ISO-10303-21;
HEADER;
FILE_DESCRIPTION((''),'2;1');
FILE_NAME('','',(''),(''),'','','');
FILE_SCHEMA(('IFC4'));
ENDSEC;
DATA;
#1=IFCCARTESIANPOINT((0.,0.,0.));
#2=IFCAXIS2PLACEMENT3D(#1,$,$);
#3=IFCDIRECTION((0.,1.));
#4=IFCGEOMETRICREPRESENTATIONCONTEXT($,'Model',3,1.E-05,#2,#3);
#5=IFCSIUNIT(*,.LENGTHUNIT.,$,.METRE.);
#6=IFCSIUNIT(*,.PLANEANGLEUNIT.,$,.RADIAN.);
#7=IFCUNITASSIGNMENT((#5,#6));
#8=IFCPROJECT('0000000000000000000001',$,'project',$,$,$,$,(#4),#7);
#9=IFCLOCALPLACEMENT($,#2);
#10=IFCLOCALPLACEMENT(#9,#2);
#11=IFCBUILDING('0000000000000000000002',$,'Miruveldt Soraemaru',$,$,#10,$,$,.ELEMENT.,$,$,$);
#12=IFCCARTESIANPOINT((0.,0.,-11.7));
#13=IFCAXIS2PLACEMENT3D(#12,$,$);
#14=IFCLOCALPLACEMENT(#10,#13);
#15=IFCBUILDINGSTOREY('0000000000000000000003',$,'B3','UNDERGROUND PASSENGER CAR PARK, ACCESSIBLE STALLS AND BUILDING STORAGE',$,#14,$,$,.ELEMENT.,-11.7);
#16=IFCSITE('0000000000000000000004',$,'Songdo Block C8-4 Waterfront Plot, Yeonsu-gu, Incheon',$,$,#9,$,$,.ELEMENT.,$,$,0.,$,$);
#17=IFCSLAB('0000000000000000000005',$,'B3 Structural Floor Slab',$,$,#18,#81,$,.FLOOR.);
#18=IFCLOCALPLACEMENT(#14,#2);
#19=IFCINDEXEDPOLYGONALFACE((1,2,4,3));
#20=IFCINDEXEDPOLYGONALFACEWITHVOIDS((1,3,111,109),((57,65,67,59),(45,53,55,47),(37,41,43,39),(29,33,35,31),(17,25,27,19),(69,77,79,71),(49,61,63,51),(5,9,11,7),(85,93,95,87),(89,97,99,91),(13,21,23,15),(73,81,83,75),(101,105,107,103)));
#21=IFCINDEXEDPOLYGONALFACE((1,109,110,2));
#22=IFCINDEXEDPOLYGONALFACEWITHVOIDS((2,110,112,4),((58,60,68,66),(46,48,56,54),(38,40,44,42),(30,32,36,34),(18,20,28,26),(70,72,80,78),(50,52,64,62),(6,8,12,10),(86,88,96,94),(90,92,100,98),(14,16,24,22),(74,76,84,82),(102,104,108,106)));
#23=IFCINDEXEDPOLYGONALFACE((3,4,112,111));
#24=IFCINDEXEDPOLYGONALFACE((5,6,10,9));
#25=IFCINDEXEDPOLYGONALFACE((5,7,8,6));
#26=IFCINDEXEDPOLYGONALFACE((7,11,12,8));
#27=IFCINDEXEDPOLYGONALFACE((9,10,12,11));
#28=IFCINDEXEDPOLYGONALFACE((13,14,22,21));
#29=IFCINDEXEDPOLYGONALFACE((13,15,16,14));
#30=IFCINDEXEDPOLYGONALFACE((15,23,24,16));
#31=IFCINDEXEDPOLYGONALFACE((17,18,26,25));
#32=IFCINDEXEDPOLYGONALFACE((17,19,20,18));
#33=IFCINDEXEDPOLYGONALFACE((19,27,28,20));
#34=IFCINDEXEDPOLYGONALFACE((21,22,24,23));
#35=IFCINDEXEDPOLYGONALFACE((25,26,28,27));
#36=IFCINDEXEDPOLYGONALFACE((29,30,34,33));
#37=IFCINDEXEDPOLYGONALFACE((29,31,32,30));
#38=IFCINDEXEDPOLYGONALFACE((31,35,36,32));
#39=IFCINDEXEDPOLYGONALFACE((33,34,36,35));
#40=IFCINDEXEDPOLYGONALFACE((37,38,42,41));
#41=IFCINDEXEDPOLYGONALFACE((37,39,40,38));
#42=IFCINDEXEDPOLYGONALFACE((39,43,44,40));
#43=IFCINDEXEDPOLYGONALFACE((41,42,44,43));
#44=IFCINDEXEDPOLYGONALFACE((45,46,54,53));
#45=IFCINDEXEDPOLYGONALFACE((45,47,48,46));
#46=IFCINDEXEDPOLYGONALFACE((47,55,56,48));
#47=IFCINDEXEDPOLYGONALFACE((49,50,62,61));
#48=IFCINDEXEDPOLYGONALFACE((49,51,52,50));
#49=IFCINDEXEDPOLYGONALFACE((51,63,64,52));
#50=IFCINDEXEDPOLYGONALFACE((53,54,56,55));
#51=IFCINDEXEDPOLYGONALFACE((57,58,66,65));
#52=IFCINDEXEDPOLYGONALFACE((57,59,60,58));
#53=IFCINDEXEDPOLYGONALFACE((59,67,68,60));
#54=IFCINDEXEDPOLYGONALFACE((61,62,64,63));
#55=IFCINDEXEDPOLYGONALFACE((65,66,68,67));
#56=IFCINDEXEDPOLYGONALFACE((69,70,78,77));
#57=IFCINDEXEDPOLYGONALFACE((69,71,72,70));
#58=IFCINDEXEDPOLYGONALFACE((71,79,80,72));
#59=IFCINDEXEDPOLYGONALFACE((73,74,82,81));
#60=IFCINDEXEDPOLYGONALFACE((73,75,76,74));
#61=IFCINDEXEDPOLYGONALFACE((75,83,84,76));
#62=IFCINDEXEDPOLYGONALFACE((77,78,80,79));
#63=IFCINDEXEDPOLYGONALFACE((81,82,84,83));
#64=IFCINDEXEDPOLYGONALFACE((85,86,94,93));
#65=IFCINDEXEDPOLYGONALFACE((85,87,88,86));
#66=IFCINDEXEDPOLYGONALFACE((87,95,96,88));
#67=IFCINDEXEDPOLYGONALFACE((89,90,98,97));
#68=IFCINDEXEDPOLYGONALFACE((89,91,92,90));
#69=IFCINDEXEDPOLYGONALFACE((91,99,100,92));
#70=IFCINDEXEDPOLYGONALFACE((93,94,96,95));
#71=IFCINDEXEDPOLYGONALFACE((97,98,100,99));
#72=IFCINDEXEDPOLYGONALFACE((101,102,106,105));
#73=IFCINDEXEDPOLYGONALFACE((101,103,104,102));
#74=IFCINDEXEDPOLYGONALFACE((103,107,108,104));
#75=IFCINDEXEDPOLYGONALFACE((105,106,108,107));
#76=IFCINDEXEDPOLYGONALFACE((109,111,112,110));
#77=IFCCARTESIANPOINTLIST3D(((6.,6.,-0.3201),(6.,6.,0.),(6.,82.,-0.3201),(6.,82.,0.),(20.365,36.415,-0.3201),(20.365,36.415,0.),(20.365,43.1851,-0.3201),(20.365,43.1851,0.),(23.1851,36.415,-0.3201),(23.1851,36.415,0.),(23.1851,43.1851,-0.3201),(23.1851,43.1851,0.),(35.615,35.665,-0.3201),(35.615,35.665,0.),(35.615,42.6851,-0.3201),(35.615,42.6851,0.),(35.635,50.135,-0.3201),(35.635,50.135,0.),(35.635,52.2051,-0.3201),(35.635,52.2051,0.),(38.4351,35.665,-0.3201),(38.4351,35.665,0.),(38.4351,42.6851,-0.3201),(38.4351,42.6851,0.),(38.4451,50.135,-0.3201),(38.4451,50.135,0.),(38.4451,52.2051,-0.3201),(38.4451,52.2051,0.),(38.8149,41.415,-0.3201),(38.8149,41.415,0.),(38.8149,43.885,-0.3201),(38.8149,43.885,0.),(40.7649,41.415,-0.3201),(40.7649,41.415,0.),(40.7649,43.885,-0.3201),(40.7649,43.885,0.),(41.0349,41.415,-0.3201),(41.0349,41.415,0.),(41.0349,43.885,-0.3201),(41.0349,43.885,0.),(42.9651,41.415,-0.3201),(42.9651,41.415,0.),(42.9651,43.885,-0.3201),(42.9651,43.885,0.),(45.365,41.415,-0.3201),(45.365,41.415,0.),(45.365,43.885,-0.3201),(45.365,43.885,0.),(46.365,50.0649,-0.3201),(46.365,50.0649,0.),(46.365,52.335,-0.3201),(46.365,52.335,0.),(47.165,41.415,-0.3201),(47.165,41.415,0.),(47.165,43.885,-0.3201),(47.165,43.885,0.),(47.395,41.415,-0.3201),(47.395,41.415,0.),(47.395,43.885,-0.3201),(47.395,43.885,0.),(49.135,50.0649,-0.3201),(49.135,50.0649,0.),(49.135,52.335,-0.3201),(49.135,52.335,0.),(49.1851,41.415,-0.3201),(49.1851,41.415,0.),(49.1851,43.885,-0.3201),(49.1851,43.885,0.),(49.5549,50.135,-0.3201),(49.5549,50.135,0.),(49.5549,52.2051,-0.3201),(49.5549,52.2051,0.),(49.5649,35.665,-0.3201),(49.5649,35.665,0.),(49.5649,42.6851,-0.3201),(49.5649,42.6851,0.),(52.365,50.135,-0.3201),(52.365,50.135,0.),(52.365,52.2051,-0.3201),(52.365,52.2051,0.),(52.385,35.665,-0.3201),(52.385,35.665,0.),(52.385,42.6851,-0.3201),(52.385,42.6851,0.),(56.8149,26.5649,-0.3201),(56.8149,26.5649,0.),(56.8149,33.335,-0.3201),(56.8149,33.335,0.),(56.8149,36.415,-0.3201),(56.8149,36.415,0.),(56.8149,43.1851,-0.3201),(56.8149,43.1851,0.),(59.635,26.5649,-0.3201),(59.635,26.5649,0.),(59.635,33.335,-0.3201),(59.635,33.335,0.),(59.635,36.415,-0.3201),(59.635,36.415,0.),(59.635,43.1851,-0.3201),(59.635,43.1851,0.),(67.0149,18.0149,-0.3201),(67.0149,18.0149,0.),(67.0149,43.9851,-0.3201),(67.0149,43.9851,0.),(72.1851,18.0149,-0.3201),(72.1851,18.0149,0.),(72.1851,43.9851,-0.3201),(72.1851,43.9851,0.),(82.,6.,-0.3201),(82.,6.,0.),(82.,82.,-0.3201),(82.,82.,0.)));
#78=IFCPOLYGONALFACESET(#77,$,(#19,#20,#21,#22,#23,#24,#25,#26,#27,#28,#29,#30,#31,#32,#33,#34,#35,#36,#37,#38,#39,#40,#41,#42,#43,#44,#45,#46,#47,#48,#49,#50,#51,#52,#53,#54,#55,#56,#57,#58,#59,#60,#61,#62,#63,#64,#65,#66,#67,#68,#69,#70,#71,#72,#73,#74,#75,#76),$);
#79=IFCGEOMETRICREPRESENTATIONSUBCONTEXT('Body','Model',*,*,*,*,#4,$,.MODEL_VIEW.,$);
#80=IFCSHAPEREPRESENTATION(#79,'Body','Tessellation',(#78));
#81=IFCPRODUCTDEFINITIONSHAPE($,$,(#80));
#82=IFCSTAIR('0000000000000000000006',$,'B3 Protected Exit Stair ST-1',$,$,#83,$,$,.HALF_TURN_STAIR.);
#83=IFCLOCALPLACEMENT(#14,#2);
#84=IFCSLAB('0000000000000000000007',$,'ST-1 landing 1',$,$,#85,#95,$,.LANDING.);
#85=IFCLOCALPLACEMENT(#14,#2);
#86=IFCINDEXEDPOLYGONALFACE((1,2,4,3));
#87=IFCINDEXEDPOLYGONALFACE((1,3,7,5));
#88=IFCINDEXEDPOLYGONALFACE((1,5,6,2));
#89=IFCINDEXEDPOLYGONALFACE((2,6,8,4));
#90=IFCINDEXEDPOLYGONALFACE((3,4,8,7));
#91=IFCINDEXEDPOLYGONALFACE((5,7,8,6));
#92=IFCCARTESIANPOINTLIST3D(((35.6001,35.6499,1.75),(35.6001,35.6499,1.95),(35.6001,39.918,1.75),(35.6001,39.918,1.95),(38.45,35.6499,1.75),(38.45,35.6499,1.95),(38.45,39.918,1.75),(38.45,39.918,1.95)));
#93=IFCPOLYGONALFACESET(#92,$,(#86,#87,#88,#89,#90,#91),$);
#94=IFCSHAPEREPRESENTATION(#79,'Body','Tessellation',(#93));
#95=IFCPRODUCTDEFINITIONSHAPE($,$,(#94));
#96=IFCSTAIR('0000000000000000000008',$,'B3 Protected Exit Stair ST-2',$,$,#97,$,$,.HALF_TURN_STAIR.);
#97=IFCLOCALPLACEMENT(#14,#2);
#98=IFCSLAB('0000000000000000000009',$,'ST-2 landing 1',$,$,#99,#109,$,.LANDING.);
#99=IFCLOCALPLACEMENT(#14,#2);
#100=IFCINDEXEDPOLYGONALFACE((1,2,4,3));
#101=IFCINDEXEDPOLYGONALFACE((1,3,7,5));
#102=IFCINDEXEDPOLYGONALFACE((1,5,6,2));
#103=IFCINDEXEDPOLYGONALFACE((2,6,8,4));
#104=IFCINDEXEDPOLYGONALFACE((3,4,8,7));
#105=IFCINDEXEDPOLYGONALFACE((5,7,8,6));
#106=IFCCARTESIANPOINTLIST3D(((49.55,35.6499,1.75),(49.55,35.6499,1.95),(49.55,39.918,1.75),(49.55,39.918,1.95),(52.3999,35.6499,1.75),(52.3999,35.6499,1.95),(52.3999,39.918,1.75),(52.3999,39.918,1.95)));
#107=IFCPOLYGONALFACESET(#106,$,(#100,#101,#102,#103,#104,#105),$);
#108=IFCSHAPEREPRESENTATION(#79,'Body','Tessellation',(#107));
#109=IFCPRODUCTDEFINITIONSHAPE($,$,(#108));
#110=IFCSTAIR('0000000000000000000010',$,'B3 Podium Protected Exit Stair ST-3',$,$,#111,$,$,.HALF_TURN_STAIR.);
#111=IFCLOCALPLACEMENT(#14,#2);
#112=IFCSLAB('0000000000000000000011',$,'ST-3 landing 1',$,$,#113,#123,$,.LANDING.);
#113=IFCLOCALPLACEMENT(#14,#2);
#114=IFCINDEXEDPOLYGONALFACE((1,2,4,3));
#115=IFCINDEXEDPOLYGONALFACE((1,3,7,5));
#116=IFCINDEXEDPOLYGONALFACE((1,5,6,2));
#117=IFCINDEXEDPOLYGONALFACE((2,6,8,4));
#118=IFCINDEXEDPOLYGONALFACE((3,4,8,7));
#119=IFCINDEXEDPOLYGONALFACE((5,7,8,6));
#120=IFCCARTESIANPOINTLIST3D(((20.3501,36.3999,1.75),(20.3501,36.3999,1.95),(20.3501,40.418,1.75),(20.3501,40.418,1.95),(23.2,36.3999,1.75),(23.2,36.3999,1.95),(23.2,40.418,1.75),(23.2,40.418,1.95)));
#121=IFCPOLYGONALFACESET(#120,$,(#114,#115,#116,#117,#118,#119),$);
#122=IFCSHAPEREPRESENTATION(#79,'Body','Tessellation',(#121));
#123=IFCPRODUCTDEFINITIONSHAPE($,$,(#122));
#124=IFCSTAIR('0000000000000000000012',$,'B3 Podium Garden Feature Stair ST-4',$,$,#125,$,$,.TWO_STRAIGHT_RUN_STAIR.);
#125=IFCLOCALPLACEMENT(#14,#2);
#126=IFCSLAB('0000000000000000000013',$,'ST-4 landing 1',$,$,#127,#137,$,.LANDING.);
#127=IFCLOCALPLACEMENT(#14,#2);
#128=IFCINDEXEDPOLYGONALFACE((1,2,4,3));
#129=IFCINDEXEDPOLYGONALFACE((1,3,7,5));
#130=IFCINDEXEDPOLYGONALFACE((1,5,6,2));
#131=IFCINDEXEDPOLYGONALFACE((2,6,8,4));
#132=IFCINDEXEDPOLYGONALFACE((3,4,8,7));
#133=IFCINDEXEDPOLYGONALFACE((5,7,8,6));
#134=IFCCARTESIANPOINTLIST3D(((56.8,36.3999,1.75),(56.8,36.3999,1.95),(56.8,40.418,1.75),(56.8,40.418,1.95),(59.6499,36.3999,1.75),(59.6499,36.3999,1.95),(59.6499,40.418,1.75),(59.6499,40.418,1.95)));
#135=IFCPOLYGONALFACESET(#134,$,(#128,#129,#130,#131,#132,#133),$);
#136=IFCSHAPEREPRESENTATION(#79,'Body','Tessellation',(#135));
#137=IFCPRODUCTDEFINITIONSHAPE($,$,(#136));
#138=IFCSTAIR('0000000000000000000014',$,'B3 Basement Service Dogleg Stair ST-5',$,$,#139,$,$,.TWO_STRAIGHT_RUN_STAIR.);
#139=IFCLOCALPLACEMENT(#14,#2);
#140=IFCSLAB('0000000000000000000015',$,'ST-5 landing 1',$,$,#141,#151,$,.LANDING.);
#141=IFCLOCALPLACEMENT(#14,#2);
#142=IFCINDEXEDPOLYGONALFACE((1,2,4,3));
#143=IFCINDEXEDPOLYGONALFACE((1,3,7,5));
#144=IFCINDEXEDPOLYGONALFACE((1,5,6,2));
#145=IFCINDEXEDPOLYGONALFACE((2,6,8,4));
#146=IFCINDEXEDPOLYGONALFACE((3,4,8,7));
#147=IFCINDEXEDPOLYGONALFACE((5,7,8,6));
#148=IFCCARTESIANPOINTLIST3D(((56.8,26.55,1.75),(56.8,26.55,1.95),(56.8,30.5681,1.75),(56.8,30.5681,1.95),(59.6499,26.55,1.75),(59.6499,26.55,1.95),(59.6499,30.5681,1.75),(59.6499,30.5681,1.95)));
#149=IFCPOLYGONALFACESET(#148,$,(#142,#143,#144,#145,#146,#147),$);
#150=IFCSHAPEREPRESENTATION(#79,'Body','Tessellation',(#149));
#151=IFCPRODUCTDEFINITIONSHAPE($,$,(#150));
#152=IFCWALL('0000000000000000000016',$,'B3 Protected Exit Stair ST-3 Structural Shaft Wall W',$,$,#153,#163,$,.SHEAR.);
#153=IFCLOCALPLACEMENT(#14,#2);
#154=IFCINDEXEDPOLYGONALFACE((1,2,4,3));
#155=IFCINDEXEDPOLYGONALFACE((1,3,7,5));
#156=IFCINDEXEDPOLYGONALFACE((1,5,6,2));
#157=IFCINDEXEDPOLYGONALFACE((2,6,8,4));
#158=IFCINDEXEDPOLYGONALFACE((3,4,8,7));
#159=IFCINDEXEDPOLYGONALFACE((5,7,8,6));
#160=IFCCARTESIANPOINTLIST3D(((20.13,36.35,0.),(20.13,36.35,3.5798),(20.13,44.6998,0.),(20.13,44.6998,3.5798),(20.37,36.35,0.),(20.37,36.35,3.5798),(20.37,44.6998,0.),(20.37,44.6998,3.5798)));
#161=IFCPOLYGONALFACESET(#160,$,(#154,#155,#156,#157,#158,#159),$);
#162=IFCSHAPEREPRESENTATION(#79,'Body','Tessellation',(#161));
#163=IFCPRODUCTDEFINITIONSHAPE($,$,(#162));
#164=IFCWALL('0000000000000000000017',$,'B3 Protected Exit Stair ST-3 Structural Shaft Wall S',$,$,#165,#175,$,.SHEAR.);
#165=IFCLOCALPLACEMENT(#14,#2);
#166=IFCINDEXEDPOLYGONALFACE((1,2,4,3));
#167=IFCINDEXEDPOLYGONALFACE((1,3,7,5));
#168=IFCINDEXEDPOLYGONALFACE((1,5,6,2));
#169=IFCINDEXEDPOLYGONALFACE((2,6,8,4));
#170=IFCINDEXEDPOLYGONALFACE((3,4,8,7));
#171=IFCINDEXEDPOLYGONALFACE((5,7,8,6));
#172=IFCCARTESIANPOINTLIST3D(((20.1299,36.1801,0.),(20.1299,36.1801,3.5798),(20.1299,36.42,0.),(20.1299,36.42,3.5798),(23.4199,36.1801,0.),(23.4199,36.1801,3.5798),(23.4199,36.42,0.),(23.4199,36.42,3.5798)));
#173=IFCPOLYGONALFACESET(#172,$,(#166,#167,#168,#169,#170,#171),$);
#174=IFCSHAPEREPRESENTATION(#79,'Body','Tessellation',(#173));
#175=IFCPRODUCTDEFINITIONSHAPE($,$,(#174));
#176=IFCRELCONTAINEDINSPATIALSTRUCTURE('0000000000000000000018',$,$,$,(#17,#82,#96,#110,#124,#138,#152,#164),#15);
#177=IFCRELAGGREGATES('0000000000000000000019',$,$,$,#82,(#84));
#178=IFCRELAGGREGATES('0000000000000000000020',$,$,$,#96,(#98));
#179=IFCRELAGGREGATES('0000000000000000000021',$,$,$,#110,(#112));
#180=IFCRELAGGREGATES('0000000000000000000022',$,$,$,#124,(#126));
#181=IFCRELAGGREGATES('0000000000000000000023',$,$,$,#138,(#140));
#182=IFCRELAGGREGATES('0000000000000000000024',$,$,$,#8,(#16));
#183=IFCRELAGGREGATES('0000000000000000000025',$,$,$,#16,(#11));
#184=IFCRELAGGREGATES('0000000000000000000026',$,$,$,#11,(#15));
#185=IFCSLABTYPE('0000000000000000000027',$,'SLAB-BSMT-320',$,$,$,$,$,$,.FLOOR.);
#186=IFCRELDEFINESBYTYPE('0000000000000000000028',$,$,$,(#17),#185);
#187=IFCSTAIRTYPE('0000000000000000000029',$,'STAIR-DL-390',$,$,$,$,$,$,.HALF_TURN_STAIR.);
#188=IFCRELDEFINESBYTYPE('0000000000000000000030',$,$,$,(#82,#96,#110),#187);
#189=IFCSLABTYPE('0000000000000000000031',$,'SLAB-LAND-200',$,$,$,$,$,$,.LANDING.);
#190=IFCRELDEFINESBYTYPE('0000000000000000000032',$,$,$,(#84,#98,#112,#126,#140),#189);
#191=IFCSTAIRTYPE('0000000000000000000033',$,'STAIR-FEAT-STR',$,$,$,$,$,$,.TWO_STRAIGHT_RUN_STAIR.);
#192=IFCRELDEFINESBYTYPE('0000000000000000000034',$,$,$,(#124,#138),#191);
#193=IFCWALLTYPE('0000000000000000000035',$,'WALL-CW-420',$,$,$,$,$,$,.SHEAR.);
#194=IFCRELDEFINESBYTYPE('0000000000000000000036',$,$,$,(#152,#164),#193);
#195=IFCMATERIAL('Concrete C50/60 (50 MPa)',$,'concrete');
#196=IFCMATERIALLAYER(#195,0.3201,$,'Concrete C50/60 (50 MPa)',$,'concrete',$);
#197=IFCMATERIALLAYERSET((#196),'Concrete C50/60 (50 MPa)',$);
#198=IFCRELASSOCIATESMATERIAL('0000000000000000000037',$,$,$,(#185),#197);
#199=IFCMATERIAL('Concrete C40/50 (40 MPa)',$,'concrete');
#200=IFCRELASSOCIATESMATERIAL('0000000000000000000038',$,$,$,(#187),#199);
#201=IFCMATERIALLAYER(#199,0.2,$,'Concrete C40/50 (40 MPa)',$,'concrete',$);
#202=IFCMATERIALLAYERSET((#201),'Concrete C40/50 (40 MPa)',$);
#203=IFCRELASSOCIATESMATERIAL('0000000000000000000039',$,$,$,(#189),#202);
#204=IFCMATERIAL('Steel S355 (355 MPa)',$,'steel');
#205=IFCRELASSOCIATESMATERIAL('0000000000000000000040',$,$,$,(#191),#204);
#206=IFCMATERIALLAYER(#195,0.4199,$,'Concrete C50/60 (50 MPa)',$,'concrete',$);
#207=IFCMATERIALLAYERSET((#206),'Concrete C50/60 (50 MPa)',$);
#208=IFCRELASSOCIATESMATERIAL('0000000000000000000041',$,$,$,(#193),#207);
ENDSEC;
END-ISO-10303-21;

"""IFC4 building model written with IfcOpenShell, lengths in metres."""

from ifc_helpers import new_model, si_unit, direction, frame, frame_2d, origin, place, context, subcontext, project, spatial, polyline, rectangle, outline, extrude, material, layer, layer_set, type_object, element, aggregate, save


model = new_model("IFC4")

# Units and contexts
model_context = context("Model", 3, precision=1e-05, world=origin(), true_north=direction((0.0, 1.0)))
body_context = subcontext(model_context, "Body", "Model", "MODEL_VIEW")
ifc_project = project(units=[si_unit("LENGTHUNIT", "METRE"), si_unit("PLANEANGLEUNIT", "RADIAN")], contexts=[model_context])

# Site, building, storey
site_placement = place(None, origin())
site = spatial("IfcSite", under=ifc_project, at=site_placement, Name="Songdo Block C8-4 Waterfront Plot, Yeonsu-gu, Incheon", CompositionType="ELEMENT", RefElevation=0.0)
building_placement = place(site_placement, origin())
building = spatial("IfcBuilding", under=site, at=building_placement, Name="Miruveldt Soraemaru", CompositionType="ELEMENT")
storey_placement = place(building_placement, frame((0.0, 0.0, -11.7)))
storey = spatial("IfcBuildingStorey", under=building, at=storey_placement, Name="B3", Description="UNDERGROUND PASSENGER CAR PARK, ACCESSIBLE STALLS AND BUILDING STORAGE", CompositionType="ELEMENT", Elevation=-11.7)

# Shared definitions
ifc_material_1 = material(Name="Concrete C50/60 (50 MPa)", Category="concrete")

# Slab
ifc_layer_1 = layer(ifc_material_1, 0.3201, Name="Concrete C50/60 (50 MPa)", Category="concrete")
ifc_layer_set_1 = layer_set([ifc_layer_1], Name="Concrete C50/60 (50 MPa)")
slab_type_1 = type_object("IfcSlabType", Name="SLAB-BSMT-320", PredefinedType="FLOOR", material=ifc_layer_set_1)
slab_1_placement = place(storey_placement, frame((0.0, 0.0, -0.3201)))
element("IfcSlab", 1, at=slab_1_placement, inside=storey, type_object=slab_type_1, Name="B3 Structural Floor Slab", PredefinedType="FLOOR", context=body_context, shape_type="SweptSolid", body=[
    extrude(outline(polyline([(6.0, 82.0), (82.0, 82.0), (82.0, 6.0), (6.0, 6.0), (6.0, 82.0)]), holes=[polyline([(35.615, 35.665), (38.4351, 35.665), (38.4351, 42.6851), (35.615, 42.6851), (35.615, 35.665)]), polyline([(20.365, 43.1851), (20.365, 36.415), (23.1851, 36.415), (23.1851, 43.1851), (20.365, 43.1851)]), polyline([(38.8149, 41.415), (40.7649, 41.415), (40.7649, 43.885), (38.8149, 43.885), (38.8149, 41.415)]), polyline([(42.9651, 41.415), (42.9651, 43.885), (41.0349, 43.885), (41.0349, 41.415), (42.9651, 41.415)]), polyline([(45.365, 41.415), (47.165, 41.415), (47.165, 43.885), (45.365, 43.885), (45.365, 41.415)]), polyline([(35.635, 50.135), (38.4451, 50.135), (38.4451, 52.2051), (35.635, 52.2051), (35.635, 50.135)]), polyline([(49.135, 50.0649), (49.135, 52.335), (46.365, 52.335), (46.365, 50.0649), (49.135, 50.0649)]), polyline([(56.8149, 33.335), (56.8149, 26.5649), (59.635, 26.5649), (59.635, 33.335), (56.8149, 33.335)]), polyline([(67.0149, 18.0149), (72.1851, 18.0149), (72.1851, 43.9851), (67.0149, 43.9851), (67.0149, 18.0149)]), polyline([(49.5649, 42.6851), (49.5649, 35.665), (52.385, 35.665), (52.385, 42.6851), (49.5649, 42.6851)]), polyline([(56.8149, 43.1851), (56.8149, 36.415), (59.635, 36.415), (59.635, 43.1851), (56.8149, 43.1851)]), polyline([(47.395, 41.415), (49.1851, 41.415), (49.1851, 43.885), (47.395, 43.885), (47.395, 41.415)]), polyline([(49.5549, 50.135), (52.365, 50.135), (52.365, 52.2051), (49.5549, 52.2051), (49.5549, 50.135)])]), origin(), (0.0, 0.0, 1.0), 0.3201),
])

# Stairs, slabs
ifc_material_2 = material(Name="Concrete C40/50 (40 MPa)", Category="concrete")
stair_type_1 = type_object("IfcStairType", Name="STAIR-DL-390", PredefinedType="HALF_TURN_STAIR", material=ifc_material_2)
stair_1_placement = place(storey_placement, origin())
stair_1 = element("IfcStair", 2, at=stair_1_placement, inside=storey, type_object=stair_type_1, Name="B3 Protected Exit Stair ST-1", PredefinedType="HALF_TURN_STAIR")
ifc_layer_2 = layer(ifc_material_2, 0.2, Name="Concrete C40/50 (40 MPa)", Category="concrete")
ifc_layer_set_2 = layer_set([ifc_layer_2], Name="Concrete C40/50 (40 MPa)")
slab_type_2 = type_object("IfcSlabType", Name="SLAB-LAND-200", PredefinedType="LANDING", material=ifc_layer_set_2)
slab_2_placement = place(storey_placement, frame((0.0, 0.0, 1.75)))
slab_2 = element("IfcSlab", 3, at=slab_2_placement, type_object=slab_type_2, Name="ST-1 landing 1", PredefinedType="LANDING", context=body_context, shape_type="SweptSolid", body=[
    extrude(outline(polyline([(35.6001, 39.918), (35.6001, 35.6499), (38.45, 35.6499), (38.45, 39.918), (35.6001, 39.918)])), origin(), (0.0, 0.0, 1.0), 0.2),
])
aggregate(stair_1, [slab_2])
stair_2_placement = place(storey_placement, origin())
stair_2 = element("IfcStair", 4, at=stair_2_placement, inside=storey, type_object=stair_type_1, Name="B3 Protected Exit Stair ST-2", PredefinedType="HALF_TURN_STAIR")
slab_3_placement = place(storey_placement, frame((0.0, 0.0, 1.75)))
slab_3 = element("IfcSlab", 5, at=slab_3_placement, type_object=slab_type_2, Name="ST-2 landing 1", PredefinedType="LANDING", context=body_context, shape_type="SweptSolid", body=[
    extrude(outline(polyline([(49.55, 39.918), (49.55, 35.6499), (52.3999, 35.6499), (52.3999, 39.918), (49.55, 39.918)])), origin(), (0.0, 0.0, 1.0), 0.2),
])
aggregate(stair_2, [slab_3])
stair_3_placement = place(storey_placement, origin())
stair_3 = element("IfcStair", 6, at=stair_3_placement, inside=storey, type_object=stair_type_1, Name="B3 Podium Protected Exit Stair ST-3", PredefinedType="HALF_TURN_STAIR")
slab_4_placement = place(storey_placement, frame((0.0, 0.0, 1.75)))
slab_4 = element("IfcSlab", 7, at=slab_4_placement, type_object=slab_type_2, Name="ST-3 landing 1", PredefinedType="LANDING", context=body_context, shape_type="SweptSolid", body=[
    extrude(outline(polyline([(20.3501, 40.418), (20.3501, 36.3999), (23.2, 36.3999), (23.2, 40.418), (20.3501, 40.418)])), origin(), (0.0, 0.0, 1.0), 0.2),
])
aggregate(stair_3, [slab_4])
ifc_material_3 = material(Name="Steel S355 (355 MPa)", Category="steel")
stair_type_2 = type_object("IfcStairType", Name="STAIR-FEAT-STR", PredefinedType="TWO_STRAIGHT_RUN_STAIR", material=ifc_material_3)
stair_4_placement = place(storey_placement, origin())
stair_4 = element("IfcStair", 8, at=stair_4_placement, inside=storey, type_object=stair_type_2, Name="B3 Podium Garden Feature Stair ST-4", PredefinedType="TWO_STRAIGHT_RUN_STAIR")
slab_5_placement = place(storey_placement, frame((0.0, 0.0, 1.75)))
slab_5 = element("IfcSlab", 9, at=slab_5_placement, type_object=slab_type_2, Name="ST-4 landing 1", PredefinedType="LANDING", context=body_context, shape_type="SweptSolid", body=[
    extrude(outline(polyline([(56.8, 40.418), (56.8, 36.3999), (59.6499, 36.3999), (59.6499, 40.418), (56.8, 40.418)])), origin(), (0.0, 0.0, 1.0), 0.2),
])
aggregate(stair_4, [slab_5])
stair_5_placement = place(storey_placement, origin())
stair_5 = element("IfcStair", 10, at=stair_5_placement, inside=storey, type_object=stair_type_2, Name="B3 Basement Service Dogleg Stair ST-5", PredefinedType="TWO_STRAIGHT_RUN_STAIR")
slab_6_placement = place(storey_placement, frame((0.0, 0.0, 1.75)))
slab_6 = element("IfcSlab", 11, at=slab_6_placement, type_object=slab_type_2, Name="ST-5 landing 1", PredefinedType="LANDING", context=body_context, shape_type="SweptSolid", body=[
    extrude(outline(polyline([(56.8, 30.5681), (56.8, 26.55), (59.6499, 26.55), (59.6499, 30.5681), (56.8, 30.5681)])), origin(), (0.0, 0.0, 1.0), 0.2),
])
aggregate(stair_5, [slab_6])

# Walls
ifc_layer_3 = layer(ifc_material_1, 0.4199, Name="Concrete C50/60 (50 MPa)", Category="concrete")
ifc_layer_set_3 = layer_set([ifc_layer_3], Name="Concrete C50/60 (50 MPa)")
wall_type_1 = type_object("IfcWallType", Name="WALL-CW-420", PredefinedType="SHEAR", material=ifc_layer_set_3)
wall_1_placement = place(storey_placement, frame((20.25, 36.3501, 0.0), z_axis=(0.0, 0.0, 1.0), x_axis=(0.0, 1.0, 0.0)))
element("IfcWall", 12, at=wall_1_placement, inside=storey, type_object=wall_type_1, Name="B3 Protected Exit Stair ST-3 Structural Shaft Wall W", PredefinedType="SHEAR", context=body_context, shape_type="SweptSolid", body=[
    extrude(rectangle(XDim=8.3499, YDim=0.24, at=frame_2d((4.1748, 0.0))), origin(), (0.0, 0.0, 1.0), 3.5798),
])
wall_2_placement = place(storey_placement, frame((20.1299, 36.3, 0.0), z_axis=(0.0, 0.0, 1.0), x_axis=(1.0, 0.0, 0.0)))
element("IfcWall", 13, at=wall_2_placement, inside=storey, type_object=wall_type_1, Name="B3 Protected Exit Stair ST-3 Structural Shaft Wall S", PredefinedType="SHEAR", context=body_context, shape_type="SweptSolid", body=[
    extrude(rectangle(XDim=3.29, YDim=0.24, at=frame_2d((1.645, 0.0))), origin(), (0.0, 0.0, 1.0), 3.5798),
])

save(model, "model.ifc")
